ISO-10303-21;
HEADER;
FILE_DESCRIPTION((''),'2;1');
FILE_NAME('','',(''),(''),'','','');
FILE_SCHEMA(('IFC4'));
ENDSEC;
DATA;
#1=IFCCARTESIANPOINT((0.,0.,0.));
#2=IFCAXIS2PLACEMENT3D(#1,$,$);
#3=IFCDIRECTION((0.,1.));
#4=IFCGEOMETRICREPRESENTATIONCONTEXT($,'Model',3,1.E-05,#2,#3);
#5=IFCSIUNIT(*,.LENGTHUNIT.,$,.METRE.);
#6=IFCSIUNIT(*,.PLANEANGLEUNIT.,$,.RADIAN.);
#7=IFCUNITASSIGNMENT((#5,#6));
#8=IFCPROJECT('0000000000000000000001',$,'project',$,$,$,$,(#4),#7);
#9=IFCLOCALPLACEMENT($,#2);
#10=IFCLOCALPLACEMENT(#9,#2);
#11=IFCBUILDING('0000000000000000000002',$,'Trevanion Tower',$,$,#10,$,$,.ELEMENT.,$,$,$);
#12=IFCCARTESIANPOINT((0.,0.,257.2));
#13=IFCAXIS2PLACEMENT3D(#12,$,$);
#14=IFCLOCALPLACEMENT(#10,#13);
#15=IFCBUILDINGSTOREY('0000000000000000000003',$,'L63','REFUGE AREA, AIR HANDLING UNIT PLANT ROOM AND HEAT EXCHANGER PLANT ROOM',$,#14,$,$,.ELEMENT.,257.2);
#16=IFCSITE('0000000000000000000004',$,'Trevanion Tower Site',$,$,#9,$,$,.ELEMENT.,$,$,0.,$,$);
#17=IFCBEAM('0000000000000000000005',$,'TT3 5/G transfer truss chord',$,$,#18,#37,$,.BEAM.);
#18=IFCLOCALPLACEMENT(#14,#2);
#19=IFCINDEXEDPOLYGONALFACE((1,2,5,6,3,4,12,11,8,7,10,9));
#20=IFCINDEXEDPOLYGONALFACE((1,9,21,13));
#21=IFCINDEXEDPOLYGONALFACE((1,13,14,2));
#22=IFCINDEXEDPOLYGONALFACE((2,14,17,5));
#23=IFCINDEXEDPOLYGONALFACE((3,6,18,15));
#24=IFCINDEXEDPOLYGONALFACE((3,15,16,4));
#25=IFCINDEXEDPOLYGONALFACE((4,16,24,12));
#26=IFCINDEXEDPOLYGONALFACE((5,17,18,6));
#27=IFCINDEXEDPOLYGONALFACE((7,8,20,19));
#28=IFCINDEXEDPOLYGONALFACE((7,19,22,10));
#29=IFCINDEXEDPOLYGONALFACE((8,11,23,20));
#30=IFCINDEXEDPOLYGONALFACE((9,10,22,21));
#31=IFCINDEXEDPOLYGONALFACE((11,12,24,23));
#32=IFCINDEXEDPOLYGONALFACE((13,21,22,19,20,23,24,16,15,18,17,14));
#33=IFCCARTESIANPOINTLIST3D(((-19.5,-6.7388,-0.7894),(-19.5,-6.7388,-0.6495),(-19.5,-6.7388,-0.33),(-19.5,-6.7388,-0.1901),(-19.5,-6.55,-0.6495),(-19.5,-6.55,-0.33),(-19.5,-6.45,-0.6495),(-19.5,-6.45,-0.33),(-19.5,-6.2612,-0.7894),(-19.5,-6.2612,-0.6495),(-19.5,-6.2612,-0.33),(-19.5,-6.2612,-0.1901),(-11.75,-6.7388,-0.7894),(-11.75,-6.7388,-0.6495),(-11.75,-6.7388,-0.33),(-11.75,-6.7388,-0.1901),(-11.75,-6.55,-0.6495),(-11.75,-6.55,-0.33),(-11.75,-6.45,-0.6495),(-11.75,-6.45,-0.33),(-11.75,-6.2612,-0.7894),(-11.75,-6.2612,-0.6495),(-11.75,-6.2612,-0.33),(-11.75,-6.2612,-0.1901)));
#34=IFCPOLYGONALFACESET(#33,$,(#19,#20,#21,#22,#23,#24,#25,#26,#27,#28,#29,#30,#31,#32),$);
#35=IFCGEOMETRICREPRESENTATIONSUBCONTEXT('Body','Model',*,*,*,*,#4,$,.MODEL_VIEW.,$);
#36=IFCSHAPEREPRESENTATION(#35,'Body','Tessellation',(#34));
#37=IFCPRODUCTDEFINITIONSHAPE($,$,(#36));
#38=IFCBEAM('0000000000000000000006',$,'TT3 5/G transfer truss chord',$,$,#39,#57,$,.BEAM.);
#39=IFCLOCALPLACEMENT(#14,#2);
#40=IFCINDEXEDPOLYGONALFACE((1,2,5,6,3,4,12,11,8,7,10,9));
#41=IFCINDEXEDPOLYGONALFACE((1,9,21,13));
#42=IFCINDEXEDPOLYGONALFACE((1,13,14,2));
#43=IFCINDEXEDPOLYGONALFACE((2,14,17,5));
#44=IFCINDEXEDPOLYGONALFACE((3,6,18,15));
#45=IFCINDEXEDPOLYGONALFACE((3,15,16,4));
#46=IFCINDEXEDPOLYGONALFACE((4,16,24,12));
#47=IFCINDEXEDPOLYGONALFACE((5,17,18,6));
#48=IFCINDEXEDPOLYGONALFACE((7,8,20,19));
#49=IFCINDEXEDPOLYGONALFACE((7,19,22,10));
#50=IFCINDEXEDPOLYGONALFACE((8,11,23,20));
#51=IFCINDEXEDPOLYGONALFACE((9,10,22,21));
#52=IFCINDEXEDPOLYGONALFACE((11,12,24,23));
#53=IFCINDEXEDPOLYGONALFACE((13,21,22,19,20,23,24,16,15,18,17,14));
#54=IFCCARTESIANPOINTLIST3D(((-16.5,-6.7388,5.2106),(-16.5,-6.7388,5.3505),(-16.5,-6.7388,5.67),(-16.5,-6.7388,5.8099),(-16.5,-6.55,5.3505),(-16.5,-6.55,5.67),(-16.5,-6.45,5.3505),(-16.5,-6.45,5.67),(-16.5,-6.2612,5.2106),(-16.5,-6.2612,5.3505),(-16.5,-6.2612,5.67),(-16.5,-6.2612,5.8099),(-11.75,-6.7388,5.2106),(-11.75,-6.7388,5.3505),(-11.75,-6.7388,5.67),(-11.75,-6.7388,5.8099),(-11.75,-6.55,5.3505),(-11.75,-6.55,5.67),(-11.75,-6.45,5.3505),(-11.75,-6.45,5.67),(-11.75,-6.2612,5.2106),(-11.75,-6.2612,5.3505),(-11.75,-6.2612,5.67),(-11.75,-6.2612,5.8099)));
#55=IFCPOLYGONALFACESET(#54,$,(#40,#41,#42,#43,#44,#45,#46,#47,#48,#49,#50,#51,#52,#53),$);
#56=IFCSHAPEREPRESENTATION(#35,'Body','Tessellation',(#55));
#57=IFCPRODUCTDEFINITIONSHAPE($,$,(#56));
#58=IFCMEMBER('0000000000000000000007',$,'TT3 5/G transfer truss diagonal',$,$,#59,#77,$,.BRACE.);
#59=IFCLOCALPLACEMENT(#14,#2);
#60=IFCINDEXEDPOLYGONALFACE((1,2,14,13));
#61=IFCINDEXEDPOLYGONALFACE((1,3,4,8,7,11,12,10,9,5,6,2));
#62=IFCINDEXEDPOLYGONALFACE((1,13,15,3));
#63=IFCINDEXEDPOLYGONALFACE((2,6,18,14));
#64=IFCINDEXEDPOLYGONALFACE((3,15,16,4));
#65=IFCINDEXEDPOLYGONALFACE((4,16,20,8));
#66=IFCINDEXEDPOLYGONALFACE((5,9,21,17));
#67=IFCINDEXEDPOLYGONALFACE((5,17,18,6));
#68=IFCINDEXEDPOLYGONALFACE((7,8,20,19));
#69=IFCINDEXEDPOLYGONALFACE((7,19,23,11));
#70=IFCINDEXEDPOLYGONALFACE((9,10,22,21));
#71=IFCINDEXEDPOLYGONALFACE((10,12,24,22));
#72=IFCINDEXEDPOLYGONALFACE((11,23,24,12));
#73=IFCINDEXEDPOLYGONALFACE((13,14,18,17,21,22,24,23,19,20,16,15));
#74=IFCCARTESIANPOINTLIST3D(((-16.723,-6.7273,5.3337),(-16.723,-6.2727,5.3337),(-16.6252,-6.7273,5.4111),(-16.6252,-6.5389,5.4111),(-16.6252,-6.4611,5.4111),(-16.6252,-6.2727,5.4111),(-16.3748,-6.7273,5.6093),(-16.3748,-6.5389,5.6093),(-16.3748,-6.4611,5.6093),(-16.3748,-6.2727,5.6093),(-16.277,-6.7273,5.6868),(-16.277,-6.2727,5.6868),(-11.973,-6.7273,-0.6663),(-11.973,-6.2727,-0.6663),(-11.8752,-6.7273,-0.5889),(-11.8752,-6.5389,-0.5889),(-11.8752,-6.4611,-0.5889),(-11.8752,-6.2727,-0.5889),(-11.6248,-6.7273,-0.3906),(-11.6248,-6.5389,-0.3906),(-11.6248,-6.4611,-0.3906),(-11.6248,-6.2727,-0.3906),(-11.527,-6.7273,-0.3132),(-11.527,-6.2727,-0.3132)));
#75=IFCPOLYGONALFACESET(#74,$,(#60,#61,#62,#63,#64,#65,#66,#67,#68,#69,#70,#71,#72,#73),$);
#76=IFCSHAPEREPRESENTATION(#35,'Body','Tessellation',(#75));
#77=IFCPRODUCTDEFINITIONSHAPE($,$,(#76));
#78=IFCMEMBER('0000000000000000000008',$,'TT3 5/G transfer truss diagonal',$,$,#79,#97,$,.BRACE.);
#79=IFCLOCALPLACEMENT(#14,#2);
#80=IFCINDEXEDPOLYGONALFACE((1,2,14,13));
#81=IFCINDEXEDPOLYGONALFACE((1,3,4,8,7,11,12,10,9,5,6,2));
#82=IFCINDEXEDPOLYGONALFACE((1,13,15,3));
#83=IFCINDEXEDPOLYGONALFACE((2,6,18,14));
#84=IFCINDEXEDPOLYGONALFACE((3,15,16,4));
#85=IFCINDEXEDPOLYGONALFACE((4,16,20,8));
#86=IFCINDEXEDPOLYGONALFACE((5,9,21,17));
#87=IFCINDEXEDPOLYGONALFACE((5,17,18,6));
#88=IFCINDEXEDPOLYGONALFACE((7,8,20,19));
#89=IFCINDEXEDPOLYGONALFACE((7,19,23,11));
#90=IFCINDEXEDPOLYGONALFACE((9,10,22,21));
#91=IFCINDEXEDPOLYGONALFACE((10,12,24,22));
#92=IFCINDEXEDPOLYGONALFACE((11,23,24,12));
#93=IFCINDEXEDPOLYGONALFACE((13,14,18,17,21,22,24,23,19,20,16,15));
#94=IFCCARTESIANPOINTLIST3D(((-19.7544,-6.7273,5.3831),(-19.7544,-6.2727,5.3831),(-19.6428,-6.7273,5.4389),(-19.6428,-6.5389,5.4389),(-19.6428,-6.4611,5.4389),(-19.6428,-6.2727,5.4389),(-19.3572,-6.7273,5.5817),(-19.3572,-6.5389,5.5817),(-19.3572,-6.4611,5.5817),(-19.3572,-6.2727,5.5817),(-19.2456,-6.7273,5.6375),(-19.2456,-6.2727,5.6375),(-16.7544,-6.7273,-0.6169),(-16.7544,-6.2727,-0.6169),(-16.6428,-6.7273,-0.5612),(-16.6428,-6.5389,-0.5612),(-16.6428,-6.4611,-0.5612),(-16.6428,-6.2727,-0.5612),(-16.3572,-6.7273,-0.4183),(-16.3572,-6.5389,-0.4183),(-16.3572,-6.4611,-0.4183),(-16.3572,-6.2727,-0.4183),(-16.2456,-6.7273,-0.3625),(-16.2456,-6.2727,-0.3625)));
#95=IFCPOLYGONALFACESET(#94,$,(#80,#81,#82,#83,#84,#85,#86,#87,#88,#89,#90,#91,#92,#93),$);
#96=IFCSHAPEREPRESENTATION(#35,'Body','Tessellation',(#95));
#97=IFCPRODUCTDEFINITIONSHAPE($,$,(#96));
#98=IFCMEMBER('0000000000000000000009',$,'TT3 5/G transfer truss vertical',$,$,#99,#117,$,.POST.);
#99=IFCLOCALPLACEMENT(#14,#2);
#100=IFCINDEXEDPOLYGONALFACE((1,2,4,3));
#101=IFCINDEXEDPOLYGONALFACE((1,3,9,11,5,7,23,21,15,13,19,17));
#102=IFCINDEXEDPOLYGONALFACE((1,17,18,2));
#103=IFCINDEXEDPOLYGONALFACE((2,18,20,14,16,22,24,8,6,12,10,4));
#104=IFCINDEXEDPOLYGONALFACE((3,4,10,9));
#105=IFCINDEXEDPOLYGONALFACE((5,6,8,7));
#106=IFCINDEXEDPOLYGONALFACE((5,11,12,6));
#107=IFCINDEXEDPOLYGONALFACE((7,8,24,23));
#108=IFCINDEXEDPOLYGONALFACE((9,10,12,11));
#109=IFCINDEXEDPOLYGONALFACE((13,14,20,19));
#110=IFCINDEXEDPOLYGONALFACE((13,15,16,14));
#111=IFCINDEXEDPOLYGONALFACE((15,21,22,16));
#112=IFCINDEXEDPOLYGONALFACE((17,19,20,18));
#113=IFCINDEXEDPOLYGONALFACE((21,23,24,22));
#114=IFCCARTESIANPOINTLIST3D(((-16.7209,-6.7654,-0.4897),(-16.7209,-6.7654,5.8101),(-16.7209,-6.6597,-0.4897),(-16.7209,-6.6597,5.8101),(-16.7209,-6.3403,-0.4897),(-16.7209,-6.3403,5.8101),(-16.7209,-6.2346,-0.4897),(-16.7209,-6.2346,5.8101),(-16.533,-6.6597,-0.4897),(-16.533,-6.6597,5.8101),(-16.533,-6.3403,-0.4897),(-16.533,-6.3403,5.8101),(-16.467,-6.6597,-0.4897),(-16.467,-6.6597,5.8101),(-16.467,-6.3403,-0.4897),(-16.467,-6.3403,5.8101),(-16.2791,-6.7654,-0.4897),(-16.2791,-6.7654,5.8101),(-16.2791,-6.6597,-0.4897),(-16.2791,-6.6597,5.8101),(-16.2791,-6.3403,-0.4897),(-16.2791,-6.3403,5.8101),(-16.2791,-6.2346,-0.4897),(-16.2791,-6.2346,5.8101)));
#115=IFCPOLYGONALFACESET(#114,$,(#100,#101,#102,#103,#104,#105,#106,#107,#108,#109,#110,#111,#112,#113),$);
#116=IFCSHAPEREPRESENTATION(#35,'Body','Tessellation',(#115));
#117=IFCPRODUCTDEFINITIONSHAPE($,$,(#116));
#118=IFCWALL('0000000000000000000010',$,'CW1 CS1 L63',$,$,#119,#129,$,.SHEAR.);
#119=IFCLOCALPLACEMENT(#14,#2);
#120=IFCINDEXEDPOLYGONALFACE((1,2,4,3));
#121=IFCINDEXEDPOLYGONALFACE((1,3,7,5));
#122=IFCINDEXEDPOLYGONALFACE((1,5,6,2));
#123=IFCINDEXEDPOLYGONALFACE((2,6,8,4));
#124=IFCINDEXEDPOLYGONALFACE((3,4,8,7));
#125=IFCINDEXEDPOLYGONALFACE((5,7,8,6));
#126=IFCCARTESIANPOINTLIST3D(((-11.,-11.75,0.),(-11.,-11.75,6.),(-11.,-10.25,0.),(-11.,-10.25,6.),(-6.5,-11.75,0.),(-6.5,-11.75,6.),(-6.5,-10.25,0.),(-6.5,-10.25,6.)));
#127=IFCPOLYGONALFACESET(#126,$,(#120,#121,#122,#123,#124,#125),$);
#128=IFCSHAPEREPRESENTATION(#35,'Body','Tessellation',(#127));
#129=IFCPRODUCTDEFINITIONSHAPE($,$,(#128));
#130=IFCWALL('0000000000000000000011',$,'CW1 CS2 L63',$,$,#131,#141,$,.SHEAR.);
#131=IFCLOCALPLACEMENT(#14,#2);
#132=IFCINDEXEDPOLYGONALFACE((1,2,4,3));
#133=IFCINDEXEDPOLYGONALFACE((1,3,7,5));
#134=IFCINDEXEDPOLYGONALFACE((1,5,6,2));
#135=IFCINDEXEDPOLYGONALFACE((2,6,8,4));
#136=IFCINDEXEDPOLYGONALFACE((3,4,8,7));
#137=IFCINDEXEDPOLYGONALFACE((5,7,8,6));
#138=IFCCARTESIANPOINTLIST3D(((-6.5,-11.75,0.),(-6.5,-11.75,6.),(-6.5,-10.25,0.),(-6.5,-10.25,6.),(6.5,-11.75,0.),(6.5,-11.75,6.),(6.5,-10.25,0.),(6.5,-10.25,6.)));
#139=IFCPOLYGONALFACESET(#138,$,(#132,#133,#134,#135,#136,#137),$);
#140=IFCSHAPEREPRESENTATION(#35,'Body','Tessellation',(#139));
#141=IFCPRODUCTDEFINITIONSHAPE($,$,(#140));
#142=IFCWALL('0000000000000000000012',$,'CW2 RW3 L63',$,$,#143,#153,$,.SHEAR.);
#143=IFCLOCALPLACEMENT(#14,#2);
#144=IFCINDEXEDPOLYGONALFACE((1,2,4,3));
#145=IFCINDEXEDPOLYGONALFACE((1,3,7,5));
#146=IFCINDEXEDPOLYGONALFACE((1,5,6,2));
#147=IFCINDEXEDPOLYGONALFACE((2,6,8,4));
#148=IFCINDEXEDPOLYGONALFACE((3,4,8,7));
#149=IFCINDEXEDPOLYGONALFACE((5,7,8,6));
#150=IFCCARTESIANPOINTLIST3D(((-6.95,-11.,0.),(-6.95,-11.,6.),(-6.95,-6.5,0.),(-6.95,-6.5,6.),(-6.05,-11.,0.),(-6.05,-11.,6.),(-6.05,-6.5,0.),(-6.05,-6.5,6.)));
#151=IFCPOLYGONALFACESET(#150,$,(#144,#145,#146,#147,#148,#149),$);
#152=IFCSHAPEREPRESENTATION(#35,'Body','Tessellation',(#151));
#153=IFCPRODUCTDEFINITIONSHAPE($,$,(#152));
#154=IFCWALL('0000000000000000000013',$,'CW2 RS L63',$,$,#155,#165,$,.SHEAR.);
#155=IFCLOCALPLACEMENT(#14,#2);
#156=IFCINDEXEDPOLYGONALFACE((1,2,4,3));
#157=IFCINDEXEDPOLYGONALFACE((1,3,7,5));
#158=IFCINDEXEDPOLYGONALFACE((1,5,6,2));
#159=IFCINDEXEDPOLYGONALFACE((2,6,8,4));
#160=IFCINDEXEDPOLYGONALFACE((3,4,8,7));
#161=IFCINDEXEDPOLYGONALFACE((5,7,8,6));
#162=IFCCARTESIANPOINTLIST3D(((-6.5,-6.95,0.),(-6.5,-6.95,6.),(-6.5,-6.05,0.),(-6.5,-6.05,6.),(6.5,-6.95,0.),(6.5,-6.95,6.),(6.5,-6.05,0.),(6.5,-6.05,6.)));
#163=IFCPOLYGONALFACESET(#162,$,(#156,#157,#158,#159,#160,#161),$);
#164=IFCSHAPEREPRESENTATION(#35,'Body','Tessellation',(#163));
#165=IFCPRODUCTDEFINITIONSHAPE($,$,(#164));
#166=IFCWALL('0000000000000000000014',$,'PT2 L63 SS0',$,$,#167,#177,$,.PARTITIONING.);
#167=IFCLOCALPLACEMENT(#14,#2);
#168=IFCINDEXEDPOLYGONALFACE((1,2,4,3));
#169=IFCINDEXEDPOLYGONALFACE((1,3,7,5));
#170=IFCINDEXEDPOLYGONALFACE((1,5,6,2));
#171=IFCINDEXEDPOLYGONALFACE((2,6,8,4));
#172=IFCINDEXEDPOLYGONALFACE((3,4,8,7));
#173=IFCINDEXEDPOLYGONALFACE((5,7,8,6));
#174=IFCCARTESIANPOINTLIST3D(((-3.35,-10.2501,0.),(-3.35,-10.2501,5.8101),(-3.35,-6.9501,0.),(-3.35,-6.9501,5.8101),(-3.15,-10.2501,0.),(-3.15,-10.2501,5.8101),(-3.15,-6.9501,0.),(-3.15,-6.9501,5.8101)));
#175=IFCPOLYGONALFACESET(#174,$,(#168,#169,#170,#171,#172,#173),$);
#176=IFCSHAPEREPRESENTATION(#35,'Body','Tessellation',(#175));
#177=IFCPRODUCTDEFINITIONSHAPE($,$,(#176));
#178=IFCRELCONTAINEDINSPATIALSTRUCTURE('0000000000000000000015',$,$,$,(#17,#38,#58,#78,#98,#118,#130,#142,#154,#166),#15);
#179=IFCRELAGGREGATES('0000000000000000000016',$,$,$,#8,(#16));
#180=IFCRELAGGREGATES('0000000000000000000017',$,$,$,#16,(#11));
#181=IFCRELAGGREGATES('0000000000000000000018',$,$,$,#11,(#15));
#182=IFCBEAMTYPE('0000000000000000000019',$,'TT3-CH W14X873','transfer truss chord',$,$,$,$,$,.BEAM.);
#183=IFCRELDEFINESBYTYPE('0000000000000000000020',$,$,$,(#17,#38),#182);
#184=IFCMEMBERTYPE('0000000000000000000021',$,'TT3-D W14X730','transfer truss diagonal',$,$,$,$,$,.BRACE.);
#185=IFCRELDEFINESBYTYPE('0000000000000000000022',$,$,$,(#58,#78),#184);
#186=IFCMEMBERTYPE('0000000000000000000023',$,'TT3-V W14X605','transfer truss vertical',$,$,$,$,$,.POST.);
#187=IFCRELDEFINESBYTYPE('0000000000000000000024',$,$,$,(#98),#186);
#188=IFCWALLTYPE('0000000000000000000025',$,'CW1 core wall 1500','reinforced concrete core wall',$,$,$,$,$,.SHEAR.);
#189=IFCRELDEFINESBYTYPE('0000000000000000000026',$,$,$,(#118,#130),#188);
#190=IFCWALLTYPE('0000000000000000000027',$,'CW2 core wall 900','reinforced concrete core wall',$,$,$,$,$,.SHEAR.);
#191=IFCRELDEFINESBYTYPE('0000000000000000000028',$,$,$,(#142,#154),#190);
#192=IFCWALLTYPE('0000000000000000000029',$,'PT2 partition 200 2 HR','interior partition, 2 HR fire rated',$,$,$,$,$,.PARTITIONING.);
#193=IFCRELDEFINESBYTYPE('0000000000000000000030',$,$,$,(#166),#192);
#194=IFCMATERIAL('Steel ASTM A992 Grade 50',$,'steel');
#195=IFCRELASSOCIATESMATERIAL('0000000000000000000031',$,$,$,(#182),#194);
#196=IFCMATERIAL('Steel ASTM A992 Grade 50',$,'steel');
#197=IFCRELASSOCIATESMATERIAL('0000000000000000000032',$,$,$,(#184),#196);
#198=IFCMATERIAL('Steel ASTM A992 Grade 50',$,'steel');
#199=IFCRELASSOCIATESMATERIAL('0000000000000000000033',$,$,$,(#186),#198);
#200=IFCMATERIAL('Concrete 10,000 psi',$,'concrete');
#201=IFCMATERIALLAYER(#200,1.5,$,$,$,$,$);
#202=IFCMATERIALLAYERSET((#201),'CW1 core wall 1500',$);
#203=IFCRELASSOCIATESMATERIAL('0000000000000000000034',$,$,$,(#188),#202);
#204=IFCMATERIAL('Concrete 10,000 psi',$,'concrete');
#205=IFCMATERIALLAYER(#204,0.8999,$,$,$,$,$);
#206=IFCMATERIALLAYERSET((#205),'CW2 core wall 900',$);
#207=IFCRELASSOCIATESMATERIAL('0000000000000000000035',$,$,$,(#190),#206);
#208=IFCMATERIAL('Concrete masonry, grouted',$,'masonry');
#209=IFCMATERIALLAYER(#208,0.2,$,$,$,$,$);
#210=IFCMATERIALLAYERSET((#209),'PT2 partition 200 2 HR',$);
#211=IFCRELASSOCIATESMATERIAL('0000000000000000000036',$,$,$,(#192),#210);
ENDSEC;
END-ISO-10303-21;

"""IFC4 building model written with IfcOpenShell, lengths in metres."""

from ifc_helpers import new_model, si_unit, direction, frame, frame_2d, origin, origin_2d, place, context, subcontext, project, spatial, rectangle, i_section, extrude, material, layer, layer_set, material_profile, profile_set, type_object, element, save


model = new_model("IFC4")

# Units and contexts
model_context = context("Model", 3, precision=1e-05, world=origin(), true_north=direction((0.0, 1.0)))
body_context = subcontext(model_context, "Body", "Model", "MODEL_VIEW")
ifc_project = project(units=[si_unit("LENGTHUNIT", "METRE"), si_unit("PLANEANGLEUNIT", "RADIAN")], contexts=[model_context])

# Site, building, storey
site_placement = place(None, origin())
site = spatial("IfcSite", under=ifc_project, at=site_placement, Name="Trevanion Tower Site", CompositionType="ELEMENT", RefElevation=0.0)
building_placement = place(site_placement, origin())
building = spatial("IfcBuilding", under=site, at=building_placement, Name="Trevanion Tower", CompositionType="ELEMENT")
storey_placement = place(building_placement, frame((0.0, 0.0, 257.2)))
storey = spatial("IfcBuildingStorey", under=building, at=storey_placement, Name="L63", Description="REFUGE AREA, AIR HANDLING UNIT PLANT ROOM AND HEAT EXCHANGER PLANT ROOM", CompositionType="ELEMENT", Elevation=257.2)

# Beams
ifc_material_1 = material(Name="Steel ASTM A992 Grade 50", Category="steel")
ifc_material_profile_1 = material_profile(ifc_material_1, i_section(OverallWidth=0.4775, OverallDepth=0.5994, WebThickness=0.1001, FlangeThickness=0.1399, at=origin_2d()), Name="W14X873")
ifc_profile_set_1 = profile_set([ifc_material_profile_1], Name="Steel ASTM A992 Grade 50")
beam_type_1 = type_object("IfcBeamType", Name="TT3-CH W14X873", Description="transfer truss chord", PredefinedType="BEAM", material=ifc_profile_set_1)
beam_1_placement = place(storey_placement, frame((-11.75, -6.5, -0.4897), z_axis=(-1.0, 0.0, 0.0), x_axis=(0.0, -1.0, 0.0)))
element("IfcBeam", 1, at=beam_1_placement, inside=storey, type_object=beam_type_1, Name="TT3 5/G transfer truss chord", PredefinedType="BEAM", context=body_context, shape_type="SweptSolid", body=[
    extrude(i_section(OverallWidth=0.4775, OverallDepth=0.5994, WebThickness=0.1001, FlangeThickness=0.1399, at=origin_2d()), origin(), (0.0, 0.0, 1.0), 7.75),
])
beam_2_placement = place(storey_placement, frame((-11.75, -6.5, 5.5103), z_axis=(-1.0, 0.0, 0.0), x_axis=(0.0, -1.0, 0.0)))
element("IfcBeam", 2, at=beam_2_placement, inside=storey, type_object=beam_type_1, Name="TT3 5/G transfer truss chord", PredefinedType="BEAM", context=body_context, shape_type="SweptSolid", body=[
    extrude(i_section(OverallWidth=0.4775, OverallDepth=0.5994, WebThickness=0.1001, FlangeThickness=0.1399, at=origin_2d()), origin(), (0.0, 0.0, 1.0), 4.75),
])

# Members
ifc_material_2 = material(Name="Steel ASTM A992 Grade 50", Category="steel")
ifc_material_profile_2 = material_profile(ifc_material_2, i_section(OverallWidth=0.4546, OverallDepth=0.5688, WebThickness=0.0779, FlangeThickness=0.1248, at=origin_2d()), Name="W14X730")
ifc_profile_set_2 = profile_set([ifc_material_profile_2], Name="Steel ASTM A992 Grade 50")
member_type_1 = type_object("IfcMemberType", Name="TT3-D W14X730", Description="transfer truss diagonal", PredefinedType="BRACE", material=ifc_profile_set_2)
member_1_placement = place(storey_placement, frame((-11.75, -6.5, -0.4897), z_axis=(-0.620703, 0.0, 0.784046), x_axis=(0.0, -1.0, 0.0)))
element("IfcMember", 3, at=member_1_placement, inside=storey, type_object=member_type_1, Name="TT3 5/G transfer truss diagonal", PredefinedType="BRACE", context=body_context, shape_type="SweptSolid", body=[
    extrude(i_section(OverallWidth=0.4546, OverallDepth=0.5688, WebThickness=0.0779, FlangeThickness=0.1248, at=origin_2d()), origin(), (0.0, 0.0, 1.0), 7.6526),
])
member_2_placement = place(storey_placement, frame((-16.5, -6.5, -0.4897), z_axis=(-0.447214, 0.0, 0.894427), x_axis=(0.0, -1.0, 0.0)))
element("IfcMember", 4, at=member_2_placement, inside=storey, type_object=member_type_1, Name="TT3 5/G transfer truss diagonal", PredefinedType="BRACE", context=body_context, shape_type="SweptSolid", body=[
    extrude(i_section(OverallWidth=0.4546, OverallDepth=0.5688, WebThickness=0.0779, FlangeThickness=0.1248, at=origin_2d()), origin(), (0.0, 0.0, 1.0), 6.7083),
])
ifc_material_3 = material(Name="Steel ASTM A992 Grade 50", Category="steel")
ifc_material_profile_3 = material_profile(ifc_material_3, i_section(OverallWidth=0.4419, OverallDepth=0.5308, WebThickness=0.0659, FlangeThickness=0.1057, at=origin_2d()), Name="W14X605")
ifc_profile_set_3 = profile_set([ifc_material_profile_3], Name="Steel ASTM A992 Grade 50")
member_type_2 = type_object("IfcMemberType", Name="TT3-V W14X605", Description="transfer truss vertical", PredefinedType="POST", material=ifc_profile_set_3)
member_3_placement = place(storey_placement, frame((-16.5, -6.5, -0.4897), z_axis=(0.0, 0.0, 1.0), x_axis=(1.0, 0.0, 0.0)))
element("IfcMember", 5, at=member_3_placement, inside=storey, type_object=member_type_2, Name="TT3 5/G transfer truss vertical", PredefinedType="POST", context=body_context, shape_type="SweptSolid", body=[
    extrude(i_section(OverallWidth=0.4419, OverallDepth=0.5308, WebThickness=0.0659, FlangeThickness=0.1057, at=origin_2d()), origin(), (0.0, 0.0, 1.0), 6.2998),
])

# Walls
ifc_material_4 = material(Name="Concrete 10,000 psi", Category="concrete")
ifc_layer_1 = layer(ifc_material_4, 1.5)
ifc_layer_set_1 = layer_set([ifc_layer_1], Name="CW1 core wall 1500")
wall_type_1 = type_object("IfcWallType", Name="CW1 core wall 1500", Description="reinforced concrete core wall", PredefinedType="SHEAR", material=ifc_layer_set_1)
wall_1_placement = place(storey_placement, frame((-11.0, -11.0, 0.0), z_axis=(0.0, 0.0, 1.0), x_axis=(1.0, 0.0, 0.0)))
element("IfcWall", 6, at=wall_1_placement, inside=storey, type_object=wall_type_1, Name="CW1 CS1 L63", PredefinedType="SHEAR", context=body_context, shape_type="SweptSolid", body=[
    extrude(rectangle(XDim=4.5, YDim=1.5, at=frame_2d((2.25, 0.0))), origin(), (0.0, 0.0, 1.0), 6.0),
])
wall_2_placement = place(storey_placement, frame((-6.5, -11.0, 0.0), z_axis=(0.0, 0.0, 1.0), x_axis=(1.0, 0.0, 0.0)))
element("IfcWall", 7, at=wall_2_placement, inside=storey, type_object=wall_type_1, Name="CW1 CS2 L63", PredefinedType="SHEAR", context=body_context, shape_type="SweptSolid", body=[
    extrude(rectangle(XDim=13.0, YDim=1.5, at=frame_2d((6.5, 0.0))), origin(), (0.0, 0.0, 1.0), 6.0),
])
ifc_material_5 = material(Name="Concrete 10,000 psi", Category="concrete")
ifc_layer_2 = layer(ifc_material_5, 0.8999)
ifc_layer_set_2 = layer_set([ifc_layer_2], Name="CW2 core wall 900")
wall_type_2 = type_object("IfcWallType", Name="CW2 core wall 900", Description="reinforced concrete core wall", PredefinedType="SHEAR", material=ifc_layer_set_2)
wall_3_placement = place(storey_placement, frame((-6.5, -6.5, 0.0), z_axis=(0.0, 0.0, 1.0), x_axis=(0.0, -1.0, 0.0)))
element("IfcWall", 8, at=wall_3_placement, inside=storey, type_object=wall_type_2, Name="CW2 RW3 L63", PredefinedType="SHEAR", context=body_context, shape_type="SweptSolid", body=[
    extrude(rectangle(XDim=4.5, YDim=0.8999, at=frame_2d((2.25, 0.0))), origin(), (0.0, 0.0, 1.0), 6.0),
])
wall_4_placement = place(storey_placement, frame((-6.5, -6.5, 0.0), z_axis=(0.0, 0.0, 1.0), x_axis=(1.0, 0.0, 0.0)))
element("IfcWall", 9, at=wall_4_placement, inside=storey, type_object=wall_type_2, Name="CW2 RS L63", PredefinedType="SHEAR", context=body_context, shape_type="SweptSolid", body=[
    extrude(rectangle(XDim=13.0, YDim=0.8999, at=frame_2d((6.5, 0.0))), origin(), (0.0, 0.0, 1.0), 6.0),
])
ifc_material_6 = material(Name="Concrete masonry, grouted", Category="masonry")
ifc_layer_3 = layer(ifc_material_6, 0.2)
ifc_layer_set_3 = layer_set([ifc_layer_3], Name="PT2 partition 200 2 HR")
wall_type_3 = type_object("IfcWallType", Name="PT2 partition 200 2 HR", Description="interior partition, 2 HR fire rated", PredefinedType="PARTITIONING", material=ifc_layer_set_3)
for number, where, z_axis, x_axis, name in (
    (10, (-3.25, -10.25, 0.0), (0.0, 0.0, 1.0), (0.0, 1.0, 0.0), "PT2 L63 SS0"),
):
    element("IfcWall", number, at=place(storey_placement, frame(where, z_axis=z_axis, x_axis=x_axis)), inside=storey, type_object=wall_type_3, Name=name, PredefinedType="PARTITIONING", context=body_context, shape_type="SweptSolid", body=[
        extrude(rectangle(XDim=3.3, YDim=0.2, at=frame_2d((1.6499, 0.0))), origin(), (0.0, 0.0, 1.0), 5.8101),
    ])

save(model, "model.ifc")
